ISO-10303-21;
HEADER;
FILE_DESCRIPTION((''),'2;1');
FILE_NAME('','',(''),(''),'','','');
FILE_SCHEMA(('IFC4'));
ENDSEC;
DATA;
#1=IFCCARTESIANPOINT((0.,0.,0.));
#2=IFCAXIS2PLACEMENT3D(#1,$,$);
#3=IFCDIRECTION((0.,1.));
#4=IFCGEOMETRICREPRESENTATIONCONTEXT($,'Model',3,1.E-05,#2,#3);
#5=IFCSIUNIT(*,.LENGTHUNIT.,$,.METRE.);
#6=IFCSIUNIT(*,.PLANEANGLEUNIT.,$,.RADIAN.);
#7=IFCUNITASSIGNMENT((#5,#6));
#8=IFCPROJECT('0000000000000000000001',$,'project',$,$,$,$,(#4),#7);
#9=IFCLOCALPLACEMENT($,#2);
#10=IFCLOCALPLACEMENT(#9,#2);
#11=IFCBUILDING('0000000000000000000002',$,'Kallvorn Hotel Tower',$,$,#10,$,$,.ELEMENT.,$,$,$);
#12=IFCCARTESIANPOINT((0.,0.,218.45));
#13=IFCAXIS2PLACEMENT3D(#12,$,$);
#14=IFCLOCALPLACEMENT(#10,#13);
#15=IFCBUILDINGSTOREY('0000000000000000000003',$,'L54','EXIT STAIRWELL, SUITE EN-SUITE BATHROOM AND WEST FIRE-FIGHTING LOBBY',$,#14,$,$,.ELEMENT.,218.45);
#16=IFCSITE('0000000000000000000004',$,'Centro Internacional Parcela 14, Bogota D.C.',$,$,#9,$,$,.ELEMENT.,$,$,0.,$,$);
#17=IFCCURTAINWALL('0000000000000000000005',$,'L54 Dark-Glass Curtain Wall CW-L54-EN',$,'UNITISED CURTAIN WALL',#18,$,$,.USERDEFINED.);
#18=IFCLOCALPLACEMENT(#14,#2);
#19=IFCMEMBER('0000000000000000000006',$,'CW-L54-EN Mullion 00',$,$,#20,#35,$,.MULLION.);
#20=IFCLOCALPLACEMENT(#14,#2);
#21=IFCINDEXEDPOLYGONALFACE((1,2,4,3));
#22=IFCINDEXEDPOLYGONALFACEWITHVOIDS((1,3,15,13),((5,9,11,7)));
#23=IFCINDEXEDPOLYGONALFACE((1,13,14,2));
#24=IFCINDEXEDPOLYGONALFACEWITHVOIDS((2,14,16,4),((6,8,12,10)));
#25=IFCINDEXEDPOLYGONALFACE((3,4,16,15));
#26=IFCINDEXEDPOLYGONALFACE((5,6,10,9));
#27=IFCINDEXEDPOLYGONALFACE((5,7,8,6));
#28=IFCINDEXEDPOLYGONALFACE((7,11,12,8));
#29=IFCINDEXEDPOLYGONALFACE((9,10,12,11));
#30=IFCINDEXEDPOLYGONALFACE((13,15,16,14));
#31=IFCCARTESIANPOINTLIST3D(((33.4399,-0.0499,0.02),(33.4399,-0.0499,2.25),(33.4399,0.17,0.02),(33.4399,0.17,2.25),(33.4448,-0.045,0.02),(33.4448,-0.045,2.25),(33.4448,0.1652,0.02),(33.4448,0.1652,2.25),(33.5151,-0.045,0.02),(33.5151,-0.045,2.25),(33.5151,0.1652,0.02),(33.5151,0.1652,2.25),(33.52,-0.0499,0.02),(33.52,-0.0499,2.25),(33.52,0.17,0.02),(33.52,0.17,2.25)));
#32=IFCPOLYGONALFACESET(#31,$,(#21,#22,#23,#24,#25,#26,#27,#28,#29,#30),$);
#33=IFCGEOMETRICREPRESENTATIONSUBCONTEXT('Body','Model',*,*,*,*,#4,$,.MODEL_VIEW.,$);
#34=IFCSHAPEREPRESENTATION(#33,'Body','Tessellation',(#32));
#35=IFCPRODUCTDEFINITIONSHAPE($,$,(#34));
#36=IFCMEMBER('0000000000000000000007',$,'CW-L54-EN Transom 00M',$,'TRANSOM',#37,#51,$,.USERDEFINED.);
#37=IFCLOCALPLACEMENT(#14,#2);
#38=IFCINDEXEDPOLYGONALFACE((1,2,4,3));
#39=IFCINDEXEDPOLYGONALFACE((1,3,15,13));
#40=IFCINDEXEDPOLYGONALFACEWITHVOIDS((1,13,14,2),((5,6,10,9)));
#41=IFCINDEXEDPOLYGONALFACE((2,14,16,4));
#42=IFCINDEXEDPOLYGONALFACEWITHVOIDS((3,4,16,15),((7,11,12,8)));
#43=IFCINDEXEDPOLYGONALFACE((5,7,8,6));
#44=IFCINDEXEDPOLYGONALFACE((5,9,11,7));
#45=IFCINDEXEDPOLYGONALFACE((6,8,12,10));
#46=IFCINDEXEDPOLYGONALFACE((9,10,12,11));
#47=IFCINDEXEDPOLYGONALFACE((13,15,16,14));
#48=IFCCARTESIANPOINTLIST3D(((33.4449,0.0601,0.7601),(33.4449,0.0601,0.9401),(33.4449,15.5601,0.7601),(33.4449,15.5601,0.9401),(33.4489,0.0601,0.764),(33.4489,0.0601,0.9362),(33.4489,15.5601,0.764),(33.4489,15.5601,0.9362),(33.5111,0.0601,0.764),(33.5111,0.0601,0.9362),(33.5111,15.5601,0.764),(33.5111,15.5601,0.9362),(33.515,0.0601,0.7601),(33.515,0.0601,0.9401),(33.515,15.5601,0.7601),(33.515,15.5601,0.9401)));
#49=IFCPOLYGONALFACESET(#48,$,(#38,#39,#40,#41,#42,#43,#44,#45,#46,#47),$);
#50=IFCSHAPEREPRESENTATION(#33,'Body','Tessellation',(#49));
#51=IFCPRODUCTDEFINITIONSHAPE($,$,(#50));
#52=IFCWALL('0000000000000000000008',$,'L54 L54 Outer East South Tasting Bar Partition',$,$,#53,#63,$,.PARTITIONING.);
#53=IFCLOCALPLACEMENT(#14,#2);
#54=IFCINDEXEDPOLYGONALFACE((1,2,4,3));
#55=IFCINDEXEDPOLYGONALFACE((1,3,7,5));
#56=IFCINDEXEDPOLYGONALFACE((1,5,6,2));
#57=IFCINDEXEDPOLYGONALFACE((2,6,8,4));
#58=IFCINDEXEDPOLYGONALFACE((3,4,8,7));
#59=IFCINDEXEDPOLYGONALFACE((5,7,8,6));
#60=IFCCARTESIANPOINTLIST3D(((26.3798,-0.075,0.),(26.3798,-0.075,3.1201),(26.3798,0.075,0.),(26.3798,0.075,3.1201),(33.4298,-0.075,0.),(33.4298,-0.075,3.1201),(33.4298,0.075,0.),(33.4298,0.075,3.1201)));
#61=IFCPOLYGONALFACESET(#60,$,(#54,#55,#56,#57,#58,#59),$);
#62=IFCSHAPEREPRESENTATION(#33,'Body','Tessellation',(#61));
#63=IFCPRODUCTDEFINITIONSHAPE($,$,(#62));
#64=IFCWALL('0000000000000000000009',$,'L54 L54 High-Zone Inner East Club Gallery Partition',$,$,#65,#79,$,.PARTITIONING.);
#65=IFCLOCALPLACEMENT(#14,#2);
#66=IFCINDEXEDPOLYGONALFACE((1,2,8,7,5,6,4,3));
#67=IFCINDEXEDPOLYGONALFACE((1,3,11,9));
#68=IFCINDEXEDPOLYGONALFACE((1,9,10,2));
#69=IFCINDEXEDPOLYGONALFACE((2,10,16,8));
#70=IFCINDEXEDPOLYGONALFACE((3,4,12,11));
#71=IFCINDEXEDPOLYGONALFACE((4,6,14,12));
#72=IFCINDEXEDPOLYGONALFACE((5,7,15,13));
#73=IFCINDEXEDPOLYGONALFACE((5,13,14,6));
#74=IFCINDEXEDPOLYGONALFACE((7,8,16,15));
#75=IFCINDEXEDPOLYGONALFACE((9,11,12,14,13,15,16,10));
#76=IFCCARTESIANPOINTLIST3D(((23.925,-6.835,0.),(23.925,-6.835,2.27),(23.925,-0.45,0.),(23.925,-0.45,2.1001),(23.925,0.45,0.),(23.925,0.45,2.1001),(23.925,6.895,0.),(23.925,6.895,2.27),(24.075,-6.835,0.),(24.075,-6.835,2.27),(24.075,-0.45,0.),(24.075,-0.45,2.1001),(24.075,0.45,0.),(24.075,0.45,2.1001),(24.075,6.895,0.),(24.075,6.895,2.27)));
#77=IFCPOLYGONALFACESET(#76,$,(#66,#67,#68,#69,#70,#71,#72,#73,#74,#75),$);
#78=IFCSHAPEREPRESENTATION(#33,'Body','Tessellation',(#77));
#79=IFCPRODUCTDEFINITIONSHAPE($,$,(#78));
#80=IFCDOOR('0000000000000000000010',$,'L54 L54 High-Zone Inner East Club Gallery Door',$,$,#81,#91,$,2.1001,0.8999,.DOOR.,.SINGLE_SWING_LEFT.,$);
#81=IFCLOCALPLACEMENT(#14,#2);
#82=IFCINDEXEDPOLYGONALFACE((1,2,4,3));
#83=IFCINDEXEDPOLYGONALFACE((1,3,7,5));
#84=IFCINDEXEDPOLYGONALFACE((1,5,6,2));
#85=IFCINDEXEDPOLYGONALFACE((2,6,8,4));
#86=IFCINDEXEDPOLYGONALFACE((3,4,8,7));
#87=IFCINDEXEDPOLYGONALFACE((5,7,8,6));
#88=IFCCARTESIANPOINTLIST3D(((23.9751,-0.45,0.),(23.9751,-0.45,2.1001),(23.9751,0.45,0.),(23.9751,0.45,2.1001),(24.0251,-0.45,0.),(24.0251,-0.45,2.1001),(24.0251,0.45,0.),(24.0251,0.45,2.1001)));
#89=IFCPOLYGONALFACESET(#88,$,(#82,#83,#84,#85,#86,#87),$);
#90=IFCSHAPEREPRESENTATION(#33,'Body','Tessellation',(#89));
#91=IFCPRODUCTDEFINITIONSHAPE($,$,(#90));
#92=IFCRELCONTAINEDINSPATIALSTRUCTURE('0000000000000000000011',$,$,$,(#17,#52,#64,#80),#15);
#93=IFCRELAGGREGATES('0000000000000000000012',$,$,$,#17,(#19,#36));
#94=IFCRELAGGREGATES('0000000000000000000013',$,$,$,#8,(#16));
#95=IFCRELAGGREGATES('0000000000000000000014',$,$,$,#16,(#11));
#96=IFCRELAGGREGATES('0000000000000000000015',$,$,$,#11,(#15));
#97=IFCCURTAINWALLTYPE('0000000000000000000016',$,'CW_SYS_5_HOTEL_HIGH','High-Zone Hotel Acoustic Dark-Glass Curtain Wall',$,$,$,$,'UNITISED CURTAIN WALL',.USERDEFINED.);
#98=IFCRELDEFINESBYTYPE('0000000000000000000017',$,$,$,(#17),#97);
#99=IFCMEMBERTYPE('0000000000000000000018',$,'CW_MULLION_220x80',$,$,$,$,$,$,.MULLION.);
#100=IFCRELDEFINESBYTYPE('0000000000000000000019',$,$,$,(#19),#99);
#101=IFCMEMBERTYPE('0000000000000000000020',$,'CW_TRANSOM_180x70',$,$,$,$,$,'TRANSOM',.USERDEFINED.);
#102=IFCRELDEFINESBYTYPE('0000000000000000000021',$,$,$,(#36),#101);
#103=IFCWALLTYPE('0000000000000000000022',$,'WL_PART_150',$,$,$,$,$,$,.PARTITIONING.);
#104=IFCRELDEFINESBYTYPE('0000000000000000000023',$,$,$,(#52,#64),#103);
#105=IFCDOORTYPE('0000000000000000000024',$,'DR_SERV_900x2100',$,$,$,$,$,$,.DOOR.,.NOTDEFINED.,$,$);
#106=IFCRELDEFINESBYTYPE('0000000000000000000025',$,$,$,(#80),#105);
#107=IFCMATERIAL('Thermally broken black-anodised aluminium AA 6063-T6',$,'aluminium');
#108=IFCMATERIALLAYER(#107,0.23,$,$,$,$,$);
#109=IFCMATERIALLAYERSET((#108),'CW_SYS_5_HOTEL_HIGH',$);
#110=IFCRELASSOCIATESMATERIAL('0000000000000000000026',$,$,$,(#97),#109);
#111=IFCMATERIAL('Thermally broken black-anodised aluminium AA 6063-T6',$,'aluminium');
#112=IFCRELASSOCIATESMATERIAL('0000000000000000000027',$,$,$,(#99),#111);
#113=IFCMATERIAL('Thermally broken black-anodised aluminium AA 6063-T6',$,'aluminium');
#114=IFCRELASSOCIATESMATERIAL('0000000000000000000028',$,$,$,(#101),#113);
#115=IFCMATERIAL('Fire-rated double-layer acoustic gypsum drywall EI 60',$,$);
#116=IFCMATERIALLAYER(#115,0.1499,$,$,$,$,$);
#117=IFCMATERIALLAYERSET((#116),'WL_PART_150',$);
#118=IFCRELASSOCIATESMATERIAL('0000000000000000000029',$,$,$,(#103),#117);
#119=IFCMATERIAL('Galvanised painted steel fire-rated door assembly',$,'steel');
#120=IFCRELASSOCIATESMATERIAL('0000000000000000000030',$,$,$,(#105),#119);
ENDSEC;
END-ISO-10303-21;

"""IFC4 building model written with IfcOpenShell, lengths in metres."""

from ifc_helpers import new_model, si_unit, direction, frame, frame_2d, origin, origin_2d, place, context, subcontext, project, spatial, rectangle, hollow_rectangle, extrude, material, layer, layer_set, material_profile, profile_set, type_object, element, fill, aggregate, save


model = new_model("IFC4")

# Units and contexts
model_context = context("Model", 3, precision=1e-05, world=origin(), true_north=direction((0.0, 1.0)))
body_context = subcontext(model_context, "Body", "Model", "MODEL_VIEW")
ifc_project = project(units=[si_unit("LENGTHUNIT", "METRE"), si_unit("PLANEANGLEUNIT", "RADIAN")], contexts=[model_context])

# Site, building, storey
site_placement = place(None, origin())
site = spatial("IfcSite", under=ifc_project, at=site_placement, Name="Centro Internacional Parcela 14, Bogota D.C.", CompositionType="ELEMENT", RefElevation=0.0)
building_placement = place(site_placement, origin())
building = spatial("IfcBuilding", under=site, at=building_placement, Name="Kallvorn Hotel Tower", CompositionType="ELEMENT")
storey_placement = place(building_placement, frame((0.0, 0.0, 218.45)))
storey = spatial("IfcBuildingStorey", under=building, at=storey_placement, Name="L54", Description="EXIT STAIRWELL, SUITE EN-SUITE BATHROOM AND WEST FIRE-FIGHTING LOBBY", CompositionType="ELEMENT", Elevation=218.45)

# Curtain wall, members
ifc_material_1 = material(Name="Thermally broken black-anodised aluminium AA 6063-T6", Category="aluminium")
ifc_layer_1 = layer(ifc_material_1, 0.23)
ifc_layer_set_1 = layer_set([ifc_layer_1], Name="CW_SYS_5_HOTEL_HIGH")
curtain_wall_type = type_object("IfcCurtainWallType", Name="CW_SYS_5_HOTEL_HIGH", Description="High-Zone Hotel Acoustic Dark-Glass Curtain Wall", ElementType="UNITISED CURTAIN WALL", PredefinedType="USERDEFINED", material=ifc_layer_set_1)
curtain_wall_placement = place(storey_placement, origin())
curtain_wall = element("IfcCurtainWall", 1, at=curtain_wall_placement, inside=storey, type_object=curtain_wall_type, Name="L54 Dark-Glass Curtain Wall CW-L54-EN", ObjectType="UNITISED CURTAIN WALL", PredefinedType="USERDEFINED")
ifc_material_2 = material(Name="Thermally broken black-anodised aluminium AA 6063-T6", Category="aluminium")
ifc_material_profile_1 = material_profile(ifc_material_2, hollow_rectangle(XDim=0.0801, YDim=0.22, WallThickness=0.0049, at=origin_2d()), Name="MUL 220x80")
ifc_profile_set_1 = profile_set([ifc_material_profile_1], Name="Thermally broken black-anodised aluminium AA 6063-T6")
member_type_1 = type_object("IfcMemberType", Name="CW_MULLION_220x80", PredefinedType="MULLION", material=ifc_profile_set_1)
member_1_placement = place(storey_placement, frame((33.48, 0.0601, 0.02), z_axis=(0.0, 0.0, 1.0), x_axis=(1.0, 0.0, 0.0)))
member_1 = element("IfcMember", 2, at=member_1_placement, type_object=member_type_1, Name="CW-L54-EN Mullion 00", PredefinedType="MULLION", context=body_context, shape_type="SweptSolid", body=[
    extrude(hollow_rectangle(XDim=0.0801, YDim=0.22, WallThickness=0.0049, at=origin_2d()), origin(), (0.0, 0.0, 1.0), 2.23),
])
ifc_material_3 = material(Name="Thermally broken black-anodised aluminium AA 6063-T6", Category="aluminium")
ifc_material_profile_2 = material_profile(ifc_material_3, hollow_rectangle(XDim=0.0701, YDim=0.1799, WallThickness=0.0039, at=origin_2d()), Name="TRN 180x70")
ifc_profile_set_2 = profile_set([ifc_material_profile_2], Name="Thermally broken black-anodised aluminium AA 6063-T6")
member_type_2 = type_object("IfcMemberType", Name="CW_TRANSOM_180x70", ElementType="TRANSOM", PredefinedType="USERDEFINED", material=ifc_profile_set_2)
member_2_placement = place(storey_placement, frame((33.48, 0.0601, 0.8501), z_axis=(0.0, 1.0, 0.0), x_axis=(-1.0, 0.0, 0.0)))
member_2 = element("IfcMember", 3, at=member_2_placement, type_object=member_type_2, Name="CW-L54-EN Transom 00M", ObjectType="TRANSOM", PredefinedType="USERDEFINED", context=body_context, shape_type="SweptSolid", body=[
    extrude(hollow_rectangle(XDim=0.0701, YDim=0.1799, WallThickness=0.0039, at=origin_2d()), origin(), (0.0, 0.0, 1.0), 15.5),
])
aggregate(curtain_wall, [member_1, member_2])

# Wall
ifc_material_4 = material(Name="Fire-rated double-layer acoustic gypsum drywall EI 60")
ifc_layer_2 = layer(ifc_material_4, 0.1499)
ifc_layer_set_2 = layer_set([ifc_layer_2], Name="WL_PART_150")
wall_type = type_object("IfcWallType", Name="WL_PART_150", PredefinedType="PARTITIONING", material=ifc_layer_set_2)
wall_1_placement = place(storey_placement, frame((26.3799, 0.0, 0.0), z_axis=(0.0, 0.0, 1.0), x_axis=(1.0, 0.0, 0.0)))
element("IfcWall", 4, at=wall_1_placement, inside=storey, type_object=wall_type, Name="L54 L54 Outer East South Tasting Bar Partition", PredefinedType="PARTITIONING", context=body_context, shape_type="SweptSolid", body=[
    extrude(rectangle(XDim=7.05, YDim=0.1499, at=frame_2d((3.5249, 0.0))), origin(), (0.0, 0.0, 1.0), 3.1201),
])

# Wall, opening, door
wall_2_placement = place(storey_placement, frame((24.0, -6.835, 0.0), z_axis=(0.0, 0.0, 1.0), x_axis=(0.0, 1.0, 0.0)))
wall_2 = element("IfcWall", 5, at=wall_2_placement, inside=storey, type_object=wall_type, Name="L54 L54 High-Zone Inner East Club Gallery Partition", PredefinedType="PARTITIONING", context=body_context, shape_type="SweptSolid", body=[
    extrude(rectangle(XDim=13.73, YDim=0.1499, at=frame_2d((6.865, 0.0))), origin(), (0.0, 0.0, 1.0), 2.27),
])
opening_placement = place(wall_2_placement, frame((6.385, 0.0, 0.0)))
opening = element("IfcOpeningElement", 6, at=opening_placement, cuts=wall_2, PredefinedType="OPENING", context=body_context, shape_type="SweptSolid", body=[
    extrude(rectangle(XDim=0.8999, YDim=2.1001, at=frame_2d((0.45, 1.05))), frame((0.0, 0.0898, 0.0), z_axis=(0.0, -1.0, 0.0), x_axis=(1.0, 0.0, 0.0)), (0.0, 0.0, 1.0), 0.1799),
])
ifc_material_5 = material(Name="Galvanised painted steel fire-rated door assembly", Category="steel")
door_type = type_object("IfcDoorType", Name="DR_SERV_900x2100", OperationType="NOTDEFINED", PredefinedType="DOOR", material=ifc_material_5)
door_placement = place(opening_placement, origin())
door = element("IfcDoor", 7, at=door_placement, inside=storey, type_object=door_type, Name="L54 L54 High-Zone Inner East Club Gallery Door", OperationType="SINGLE_SWING_LEFT", OverallHeight=2.1001, OverallWidth=0.8999, PredefinedType="DOOR", context=body_context, shape_type="SweptSolid", body=[
    extrude(rectangle(XDim=0.8999, YDim=2.1001, at=frame_2d((0.45, 1.05))), frame((0.0, 0.0249, 0.0), z_axis=(0.0, -1.0, 0.0), x_axis=(1.0, 0.0, 0.0)), (0.0, 0.0, 1.0), 0.05),
])
fill(opening, door)

save(model, "model.ifc")
